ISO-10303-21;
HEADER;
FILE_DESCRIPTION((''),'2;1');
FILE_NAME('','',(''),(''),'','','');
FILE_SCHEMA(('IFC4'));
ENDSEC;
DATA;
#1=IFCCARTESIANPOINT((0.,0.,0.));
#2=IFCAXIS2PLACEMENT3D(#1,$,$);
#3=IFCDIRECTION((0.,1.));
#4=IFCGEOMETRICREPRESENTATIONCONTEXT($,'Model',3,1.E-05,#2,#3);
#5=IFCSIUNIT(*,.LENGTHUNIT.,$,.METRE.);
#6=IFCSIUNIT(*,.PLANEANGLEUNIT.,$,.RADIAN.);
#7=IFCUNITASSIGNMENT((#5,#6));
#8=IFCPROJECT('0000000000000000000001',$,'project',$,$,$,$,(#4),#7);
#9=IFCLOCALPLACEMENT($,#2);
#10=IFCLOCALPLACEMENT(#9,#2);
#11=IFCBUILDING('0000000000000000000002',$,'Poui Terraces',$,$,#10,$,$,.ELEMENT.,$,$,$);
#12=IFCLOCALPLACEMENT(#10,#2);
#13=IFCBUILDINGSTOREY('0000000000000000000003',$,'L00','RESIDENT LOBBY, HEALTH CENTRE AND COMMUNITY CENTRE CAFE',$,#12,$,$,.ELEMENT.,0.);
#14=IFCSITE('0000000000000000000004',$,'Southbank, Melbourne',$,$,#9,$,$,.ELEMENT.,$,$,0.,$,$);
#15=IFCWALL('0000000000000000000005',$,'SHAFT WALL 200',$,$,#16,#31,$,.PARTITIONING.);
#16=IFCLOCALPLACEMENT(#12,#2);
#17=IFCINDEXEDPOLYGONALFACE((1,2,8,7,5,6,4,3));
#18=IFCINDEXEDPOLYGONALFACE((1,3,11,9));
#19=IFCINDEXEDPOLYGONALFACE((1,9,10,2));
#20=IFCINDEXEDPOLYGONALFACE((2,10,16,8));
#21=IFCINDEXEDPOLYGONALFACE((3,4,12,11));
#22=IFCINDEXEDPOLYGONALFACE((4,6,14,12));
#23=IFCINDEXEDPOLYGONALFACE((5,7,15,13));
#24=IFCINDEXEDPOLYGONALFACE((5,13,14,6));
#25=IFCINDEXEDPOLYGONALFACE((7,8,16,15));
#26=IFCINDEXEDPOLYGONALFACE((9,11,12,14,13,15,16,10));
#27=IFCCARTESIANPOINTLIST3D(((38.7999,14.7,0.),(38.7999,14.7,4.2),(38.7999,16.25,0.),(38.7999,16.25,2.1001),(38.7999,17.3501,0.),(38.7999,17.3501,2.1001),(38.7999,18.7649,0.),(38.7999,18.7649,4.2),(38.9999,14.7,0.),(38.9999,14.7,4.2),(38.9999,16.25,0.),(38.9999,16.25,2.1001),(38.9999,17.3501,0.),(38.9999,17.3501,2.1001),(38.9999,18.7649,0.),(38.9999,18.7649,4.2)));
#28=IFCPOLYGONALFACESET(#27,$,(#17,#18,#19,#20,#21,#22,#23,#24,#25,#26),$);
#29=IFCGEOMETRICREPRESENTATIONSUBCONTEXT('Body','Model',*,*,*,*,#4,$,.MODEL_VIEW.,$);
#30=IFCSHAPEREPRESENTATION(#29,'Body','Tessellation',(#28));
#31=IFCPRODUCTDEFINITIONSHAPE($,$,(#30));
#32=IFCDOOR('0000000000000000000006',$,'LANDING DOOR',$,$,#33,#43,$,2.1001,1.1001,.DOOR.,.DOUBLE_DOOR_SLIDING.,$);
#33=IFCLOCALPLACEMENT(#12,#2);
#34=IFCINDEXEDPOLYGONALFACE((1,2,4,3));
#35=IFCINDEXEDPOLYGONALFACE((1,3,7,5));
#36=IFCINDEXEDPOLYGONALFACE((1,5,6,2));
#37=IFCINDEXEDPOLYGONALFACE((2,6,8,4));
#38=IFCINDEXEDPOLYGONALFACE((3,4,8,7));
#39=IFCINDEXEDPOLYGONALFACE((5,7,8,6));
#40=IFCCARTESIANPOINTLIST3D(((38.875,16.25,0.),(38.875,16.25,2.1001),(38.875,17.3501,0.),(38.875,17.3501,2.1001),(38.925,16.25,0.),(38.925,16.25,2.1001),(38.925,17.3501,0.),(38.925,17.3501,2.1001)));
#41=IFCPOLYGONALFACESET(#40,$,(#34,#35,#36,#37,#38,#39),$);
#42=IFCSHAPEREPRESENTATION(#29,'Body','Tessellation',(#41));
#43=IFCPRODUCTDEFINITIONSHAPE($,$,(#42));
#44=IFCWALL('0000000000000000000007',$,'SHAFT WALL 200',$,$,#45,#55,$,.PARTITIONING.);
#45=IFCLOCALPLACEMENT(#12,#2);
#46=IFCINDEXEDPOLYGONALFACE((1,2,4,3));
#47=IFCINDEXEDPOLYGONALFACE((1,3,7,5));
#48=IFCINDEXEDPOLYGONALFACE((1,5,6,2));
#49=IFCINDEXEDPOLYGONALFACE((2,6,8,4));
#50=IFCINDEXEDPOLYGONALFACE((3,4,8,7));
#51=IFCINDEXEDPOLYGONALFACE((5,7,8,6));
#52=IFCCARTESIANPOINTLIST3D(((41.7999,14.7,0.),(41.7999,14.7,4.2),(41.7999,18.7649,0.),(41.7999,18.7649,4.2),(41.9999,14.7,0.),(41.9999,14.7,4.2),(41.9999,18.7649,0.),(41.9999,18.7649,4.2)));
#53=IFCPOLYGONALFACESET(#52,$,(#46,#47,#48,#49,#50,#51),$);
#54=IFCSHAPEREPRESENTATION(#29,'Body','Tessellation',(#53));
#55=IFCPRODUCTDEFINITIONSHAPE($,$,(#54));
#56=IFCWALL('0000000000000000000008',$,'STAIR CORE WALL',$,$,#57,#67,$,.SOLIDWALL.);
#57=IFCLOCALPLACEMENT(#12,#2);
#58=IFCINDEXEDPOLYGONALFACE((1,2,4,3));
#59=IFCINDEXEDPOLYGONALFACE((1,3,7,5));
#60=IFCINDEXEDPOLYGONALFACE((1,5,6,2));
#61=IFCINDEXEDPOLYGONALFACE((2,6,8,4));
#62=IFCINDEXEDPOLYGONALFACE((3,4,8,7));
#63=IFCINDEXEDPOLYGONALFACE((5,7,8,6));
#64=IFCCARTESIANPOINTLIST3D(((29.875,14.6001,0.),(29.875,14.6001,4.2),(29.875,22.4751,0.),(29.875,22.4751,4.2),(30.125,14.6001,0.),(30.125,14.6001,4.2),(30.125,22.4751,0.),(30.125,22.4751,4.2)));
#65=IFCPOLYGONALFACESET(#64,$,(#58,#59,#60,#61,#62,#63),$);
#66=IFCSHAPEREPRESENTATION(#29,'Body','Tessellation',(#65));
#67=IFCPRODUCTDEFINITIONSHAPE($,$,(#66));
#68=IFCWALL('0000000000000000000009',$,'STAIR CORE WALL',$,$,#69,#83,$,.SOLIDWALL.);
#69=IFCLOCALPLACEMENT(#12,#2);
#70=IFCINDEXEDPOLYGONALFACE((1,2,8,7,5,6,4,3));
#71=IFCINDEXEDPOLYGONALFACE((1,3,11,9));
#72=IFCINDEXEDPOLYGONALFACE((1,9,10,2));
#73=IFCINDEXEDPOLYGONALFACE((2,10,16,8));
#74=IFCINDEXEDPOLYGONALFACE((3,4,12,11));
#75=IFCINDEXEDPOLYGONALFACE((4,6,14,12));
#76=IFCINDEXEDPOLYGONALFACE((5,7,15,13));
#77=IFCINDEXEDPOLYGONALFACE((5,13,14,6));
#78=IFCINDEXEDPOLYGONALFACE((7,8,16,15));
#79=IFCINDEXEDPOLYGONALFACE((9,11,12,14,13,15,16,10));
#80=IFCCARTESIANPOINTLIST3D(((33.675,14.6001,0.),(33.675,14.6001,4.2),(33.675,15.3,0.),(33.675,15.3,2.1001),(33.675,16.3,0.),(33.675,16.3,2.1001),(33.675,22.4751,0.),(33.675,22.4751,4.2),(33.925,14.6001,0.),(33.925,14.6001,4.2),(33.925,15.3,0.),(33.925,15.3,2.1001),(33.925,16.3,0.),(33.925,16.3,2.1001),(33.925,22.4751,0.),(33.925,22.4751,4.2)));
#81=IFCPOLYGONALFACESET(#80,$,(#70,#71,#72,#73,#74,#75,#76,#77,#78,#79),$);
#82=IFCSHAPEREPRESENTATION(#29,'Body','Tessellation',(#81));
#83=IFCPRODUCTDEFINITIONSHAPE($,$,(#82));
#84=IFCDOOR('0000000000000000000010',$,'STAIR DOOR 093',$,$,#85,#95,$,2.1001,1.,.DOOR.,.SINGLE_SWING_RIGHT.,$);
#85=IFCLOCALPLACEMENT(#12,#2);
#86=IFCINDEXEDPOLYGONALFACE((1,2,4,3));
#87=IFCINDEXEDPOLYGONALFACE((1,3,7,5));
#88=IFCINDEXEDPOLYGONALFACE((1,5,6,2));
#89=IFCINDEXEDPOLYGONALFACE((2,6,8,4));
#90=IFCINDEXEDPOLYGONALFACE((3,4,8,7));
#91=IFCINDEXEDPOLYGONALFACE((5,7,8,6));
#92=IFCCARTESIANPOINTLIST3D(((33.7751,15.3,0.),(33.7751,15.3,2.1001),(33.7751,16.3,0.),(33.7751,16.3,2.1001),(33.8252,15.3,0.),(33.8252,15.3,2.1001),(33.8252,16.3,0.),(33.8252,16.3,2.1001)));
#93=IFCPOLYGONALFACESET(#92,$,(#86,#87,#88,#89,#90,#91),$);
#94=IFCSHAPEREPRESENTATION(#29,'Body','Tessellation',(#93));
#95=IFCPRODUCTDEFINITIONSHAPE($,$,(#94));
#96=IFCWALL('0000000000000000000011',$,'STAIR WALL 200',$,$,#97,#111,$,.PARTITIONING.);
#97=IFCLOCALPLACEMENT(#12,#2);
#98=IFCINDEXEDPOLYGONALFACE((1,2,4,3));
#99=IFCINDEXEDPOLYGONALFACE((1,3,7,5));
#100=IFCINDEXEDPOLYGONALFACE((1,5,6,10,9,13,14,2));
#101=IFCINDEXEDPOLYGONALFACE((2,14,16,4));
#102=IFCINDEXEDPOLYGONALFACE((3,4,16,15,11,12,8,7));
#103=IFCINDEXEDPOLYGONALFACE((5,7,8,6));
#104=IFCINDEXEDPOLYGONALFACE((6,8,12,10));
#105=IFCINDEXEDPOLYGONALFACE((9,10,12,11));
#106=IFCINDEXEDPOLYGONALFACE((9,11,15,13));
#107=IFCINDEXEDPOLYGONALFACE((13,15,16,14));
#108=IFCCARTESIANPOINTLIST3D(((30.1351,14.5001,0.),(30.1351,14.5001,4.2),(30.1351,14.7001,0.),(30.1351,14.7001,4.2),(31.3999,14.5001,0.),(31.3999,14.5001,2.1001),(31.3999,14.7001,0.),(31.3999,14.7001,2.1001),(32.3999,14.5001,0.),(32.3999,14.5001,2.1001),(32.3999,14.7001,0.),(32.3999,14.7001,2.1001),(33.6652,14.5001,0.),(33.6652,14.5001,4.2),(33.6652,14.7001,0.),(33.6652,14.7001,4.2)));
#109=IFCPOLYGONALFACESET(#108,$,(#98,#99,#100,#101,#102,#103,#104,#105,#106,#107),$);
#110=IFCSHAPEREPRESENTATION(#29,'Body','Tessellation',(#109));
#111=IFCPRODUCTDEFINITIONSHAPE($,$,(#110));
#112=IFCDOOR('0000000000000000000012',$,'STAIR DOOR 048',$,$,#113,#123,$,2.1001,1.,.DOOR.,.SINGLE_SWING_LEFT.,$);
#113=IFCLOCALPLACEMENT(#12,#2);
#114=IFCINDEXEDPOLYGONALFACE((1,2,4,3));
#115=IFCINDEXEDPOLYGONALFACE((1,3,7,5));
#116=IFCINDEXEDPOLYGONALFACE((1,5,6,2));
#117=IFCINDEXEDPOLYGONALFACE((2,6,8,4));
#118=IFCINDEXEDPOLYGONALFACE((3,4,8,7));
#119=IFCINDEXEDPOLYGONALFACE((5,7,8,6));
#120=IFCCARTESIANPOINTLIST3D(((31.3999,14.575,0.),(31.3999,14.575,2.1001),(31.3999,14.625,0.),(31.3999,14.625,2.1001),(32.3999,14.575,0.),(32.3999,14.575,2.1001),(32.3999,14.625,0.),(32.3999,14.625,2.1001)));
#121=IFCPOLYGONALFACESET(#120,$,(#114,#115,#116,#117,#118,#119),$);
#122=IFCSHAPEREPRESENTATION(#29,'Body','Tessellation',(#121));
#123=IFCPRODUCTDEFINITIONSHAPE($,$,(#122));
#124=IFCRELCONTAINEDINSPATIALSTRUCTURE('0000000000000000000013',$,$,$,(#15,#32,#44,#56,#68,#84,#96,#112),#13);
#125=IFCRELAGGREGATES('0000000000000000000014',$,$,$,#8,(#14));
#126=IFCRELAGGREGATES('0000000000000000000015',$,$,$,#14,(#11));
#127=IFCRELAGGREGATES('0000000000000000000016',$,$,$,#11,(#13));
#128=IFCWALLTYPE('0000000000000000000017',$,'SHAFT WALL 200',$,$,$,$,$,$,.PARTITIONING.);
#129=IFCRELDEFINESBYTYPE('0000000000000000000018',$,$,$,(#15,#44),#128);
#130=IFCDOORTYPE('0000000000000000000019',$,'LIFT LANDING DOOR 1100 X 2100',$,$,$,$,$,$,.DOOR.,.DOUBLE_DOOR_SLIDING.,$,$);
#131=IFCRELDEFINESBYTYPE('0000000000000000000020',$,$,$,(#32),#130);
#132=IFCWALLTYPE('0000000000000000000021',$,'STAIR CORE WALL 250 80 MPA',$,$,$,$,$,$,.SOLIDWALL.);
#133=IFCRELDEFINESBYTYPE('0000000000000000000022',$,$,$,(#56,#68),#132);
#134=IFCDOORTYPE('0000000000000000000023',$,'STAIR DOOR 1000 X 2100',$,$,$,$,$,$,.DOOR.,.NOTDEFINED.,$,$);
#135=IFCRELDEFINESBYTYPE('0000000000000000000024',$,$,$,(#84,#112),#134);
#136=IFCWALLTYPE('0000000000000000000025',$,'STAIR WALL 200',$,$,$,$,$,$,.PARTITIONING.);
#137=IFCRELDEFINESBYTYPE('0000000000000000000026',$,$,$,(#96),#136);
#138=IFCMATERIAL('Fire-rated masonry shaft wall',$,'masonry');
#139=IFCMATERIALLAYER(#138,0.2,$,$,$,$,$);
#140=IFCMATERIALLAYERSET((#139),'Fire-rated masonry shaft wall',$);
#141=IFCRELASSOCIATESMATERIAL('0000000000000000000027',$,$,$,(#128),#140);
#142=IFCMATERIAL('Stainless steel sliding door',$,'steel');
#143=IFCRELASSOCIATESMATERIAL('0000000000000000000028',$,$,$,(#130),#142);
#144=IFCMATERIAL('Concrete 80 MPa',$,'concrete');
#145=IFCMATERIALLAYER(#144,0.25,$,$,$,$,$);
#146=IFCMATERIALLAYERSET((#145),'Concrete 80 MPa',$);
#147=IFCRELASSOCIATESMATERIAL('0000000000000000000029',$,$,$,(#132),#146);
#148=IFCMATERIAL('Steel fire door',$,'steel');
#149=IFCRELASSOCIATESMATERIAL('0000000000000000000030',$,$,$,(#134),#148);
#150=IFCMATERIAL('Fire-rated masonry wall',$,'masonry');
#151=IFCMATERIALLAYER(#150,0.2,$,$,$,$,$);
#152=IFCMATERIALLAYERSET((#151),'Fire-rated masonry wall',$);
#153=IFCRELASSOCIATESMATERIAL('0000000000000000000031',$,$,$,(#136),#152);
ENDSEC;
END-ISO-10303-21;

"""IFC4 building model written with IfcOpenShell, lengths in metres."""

from ifc_helpers import new_model, si_unit, direction, frame, frame_2d, origin, place, context, subcontext, project, spatial, rectangle, extrude, material, layer, layer_set, type_object, element, fill, save


model = new_model("IFC4")

# Units and contexts
model_context = context("Model", 3, precision=1e-05, world=origin(), true_north=direction((0.0, 1.0)))
body_context = subcontext(model_context, "Body", "Model", "MODEL_VIEW")
ifc_project = project(units=[si_unit("LENGTHUNIT", "METRE"), si_unit("PLANEANGLEUNIT", "RADIAN")], contexts=[model_context])

# Site, building, storey
site_placement = place(None, origin())
site = spatial("IfcSite", under=ifc_project, at=site_placement, Name="Southbank, Melbourne", CompositionType="ELEMENT", RefElevation=0.0)
building_placement = place(site_placement, origin())
building = spatial("IfcBuilding", under=site, at=building_placement, Name="Poui Terraces", CompositionType="ELEMENT")
storey_placement = place(building_placement, origin())
storey = spatial("IfcBuildingStorey", under=building, at=storey_placement, Name="L00", Description="RESIDENT LOBBY, HEALTH CENTRE AND COMMUNITY CENTRE CAFE", CompositionType="ELEMENT", Elevation=0.0)

# Shared definitions
ifc_material_1 = material(Name="Concrete 80 MPa", Category="concrete")

# Shared definitions
ifc_material_2 = material(Name="Steel fire door", Category="steel")

# Shared definitions
ifc_material_3 = material(Name="Fire-rated masonry wall", Category="masonry")

# Shared definitions
ifc_material_4 = material(Name="Fire-rated masonry shaft wall", Category="masonry")
ifc_layer_1 = layer(ifc_material_4, 0.2)
ifc_layer_set_1 = layer_set([ifc_layer_1], Name="Fire-rated masonry shaft wall")
wall_type_1 = type_object("IfcWallType", Name="SHAFT WALL 200", PredefinedType="PARTITIONING", material=ifc_layer_set_1)

# Wall, opening, door
wall_1_placement = place(storey_placement, frame((38.8999, 14.7, 0.0), z_axis=(0.0, 0.0, 1.0), x_axis=(0.0, 1.0, 0.0)))
wall_1 = element("IfcWall", 1, at=wall_1_placement, inside=storey, type_object=wall_type_1, Name="SHAFT WALL 200", PredefinedType="PARTITIONING", context=body_context, shape_type="SweptSolid", body=[
    extrude(rectangle(XDim=4.0649, YDim=0.2, at=frame_2d((2.0325, 0.0))), origin(), (0.0, 0.0, 1.0), 4.2),
])
opening_1_placement = place(wall_1_placement, frame((1.55, 0.0, 0.0)))
opening_1 = element("IfcOpeningElement", 2, at=opening_1_placement, cuts=wall_1, PredefinedType="OPENING", context=body_context, shape_type="SweptSolid", body=[
    extrude(rectangle(XDim=1.1001, YDim=2.1001, at=frame_2d((0.55, 1.05))), frame((0.0, 0.1099, 0.0), z_axis=(0.0, -1.0, 0.0), x_axis=(1.0, 0.0, 0.0)), (0.0, 0.0, 1.0), 0.22),
])
ifc_material_5 = material(Name="Stainless steel sliding door", Category="steel")
door_type_1 = type_object("IfcDoorType", Name="LIFT LANDING DOOR 1100 X 2100", OperationType="DOUBLE_DOOR_SLIDING", PredefinedType="DOOR", material=ifc_material_5)
door_1_placement = place(opening_1_placement, origin())
door_1 = element("IfcDoor", 3, at=door_1_placement, inside=storey, type_object=door_type_1, Name="LANDING DOOR", OperationType="DOUBLE_DOOR_SLIDING", OverallHeight=2.1001, OverallWidth=1.1001, PredefinedType="DOOR", context=body_context, shape_type="SweptSolid", body=[
    extrude(rectangle(XDim=1.1001, YDim=2.1001, at=frame_2d((0.55, 1.05))), frame((0.0, 0.0249, 0.0), z_axis=(0.0, -1.0, 0.0), x_axis=(1.0, 0.0, 0.0)), (0.0, 0.0, 1.0), 0.05),
])
fill(opening_1, door_1)

# Walls
wall_2_placement = place(storey_placement, frame((41.8999, 14.7, 0.0), z_axis=(0.0, 0.0, 1.0), x_axis=(0.0, 1.0, 0.0)))
element("IfcWall", 4, at=wall_2_placement, inside=storey, type_object=wall_type_1, Name="SHAFT WALL 200", PredefinedType="PARTITIONING", context=body_context, shape_type="SweptSolid", body=[
    extrude(rectangle(XDim=4.0649, YDim=0.2, at=frame_2d((2.0325, 0.0))), origin(), (0.0, 0.0, 1.0), 4.2),
])
ifc_layer_2 = layer(ifc_material_1, 0.25)
ifc_layer_set_2 = layer_set([ifc_layer_2], Name="Concrete 80 MPa")
wall_type_2 = type_object("IfcWallType", Name="STAIR CORE WALL 250 80 MPA", PredefinedType="SOLIDWALL", material=ifc_layer_set_2)
wall_3_placement = place(storey_placement, frame((30.0, 14.6001, 0.0), z_axis=(0.0, 0.0, 1.0), x_axis=(0.0, 1.0, 0.0)))
element("IfcWall", 5, at=wall_3_placement, inside=storey, type_object=wall_type_2, Name="STAIR CORE WALL", PredefinedType="SOLIDWALL", context=body_context, shape_type="SweptSolid", body=[
    extrude(rectangle(XDim=7.875, YDim=0.25, at=frame_2d((3.9375, 0.0))), origin(), (0.0, 0.0, 1.0), 4.2),
])

# Walls, openings, doors
wall_4_placement = place(storey_placement, frame((33.8, 14.6001, 0.0), z_axis=(0.0, 0.0, 1.0), x_axis=(0.0, 1.0, 0.0)))
wall_4 = element("IfcWall", 6, at=wall_4_placement, inside=storey, type_object=wall_type_2, Name="STAIR CORE WALL", PredefinedType="SOLIDWALL", context=body_context, shape_type="SweptSolid", body=[
    extrude(rectangle(XDim=7.875, YDim=0.25, at=frame_2d((3.9375, 0.0))), origin(), (0.0, 0.0, 1.0), 4.2),
])
opening_2_placement = place(wall_4_placement, frame((0.7, 0.0, 0.0)))
opening_2 = element("IfcOpeningElement", 7, at=opening_2_placement, cuts=wall_4, PredefinedType="OPENING", context=body_context, shape_type="SweptSolid", body=[
    extrude(rectangle(XDim=1.0, YDim=2.1001, at=frame_2d((0.5, 1.05))), frame((0.0, 0.135, 0.0), z_axis=(0.0, -1.0, 0.0), x_axis=(1.0, 0.0, 0.0)), (0.0, 0.0, 1.0), 0.27),
])
door_type_2 = type_object("IfcDoorType", Name="STAIR DOOR 1000 X 2100", OperationType="NOTDEFINED", PredefinedType="DOOR", material=ifc_material_2)
door_2_placement = place(opening_2_placement, origin())
door_2 = element("IfcDoor", 8, at=door_2_placement, inside=storey, type_object=door_type_2, Name="STAIR DOOR 093", OperationType="SINGLE_SWING_RIGHT", OverallHeight=2.1001, OverallWidth=1.0, PredefinedType="DOOR", context=body_context, shape_type="SweptSolid", body=[
    extrude(rectangle(XDim=1.0, YDim=2.1001, at=frame_2d((0.5, 1.05))), frame((0.0, 0.0249, 0.0), z_axis=(0.0, -1.0, 0.0), x_axis=(1.0, 0.0, 0.0)), (0.0, 0.0, 1.0), 0.05),
])
fill(opening_2, door_2)
ifc_layer_3 = layer(ifc_material_3, 0.2)
ifc_layer_set_3 = layer_set([ifc_layer_3], Name="Fire-rated masonry wall")
wall_type_3 = type_object("IfcWallType", Name="STAIR WALL 200", PredefinedType="PARTITIONING", material=ifc_layer_set_3)
wall_5_placement = place(storey_placement, frame((30.135, 14.6001, 0.0), z_axis=(0.0, 0.0, 1.0), x_axis=(1.0, 0.0, 0.0)))
wall_5 = element("IfcWall", 9, at=wall_5_placement, inside=storey, type_object=wall_type_3, Name="STAIR WALL 200", PredefinedType="PARTITIONING", context=body_context, shape_type="SweptSolid", body=[
    extrude(rectangle(XDim=3.53, YDim=0.2, at=frame_2d((1.7651, 0.0))), origin(), (0.0, 0.0, 1.0), 4.2),
])
opening_3_placement = place(wall_5_placement, frame((1.2649, 0.0, 0.0)))
opening_3 = element("IfcOpeningElement", 10, at=opening_3_placement, cuts=wall_5, PredefinedType="OPENING", context=body_context, shape_type="SweptSolid", body=[
    extrude(rectangle(XDim=1.0, YDim=2.1001, at=frame_2d((0.5, 1.05))), frame((0.0, 0.1099, 0.0), z_axis=(0.0, -1.0, 0.0), x_axis=(1.0, 0.0, 0.0)), (0.0, 0.0, 1.0), 0.22),
])
door_3_placement = place(opening_3_placement, origin())
door_3 = element("IfcDoor", 11, at=door_3_placement, inside=storey, type_object=door_type_2, Name="STAIR DOOR 048", OperationType="SINGLE_SWING_LEFT", OverallHeight=2.1001, OverallWidth=1.0, PredefinedType="DOOR", context=body_context, shape_type="SweptSolid", body=[
    extrude(rectangle(XDim=1.0, YDim=2.1001, at=frame_2d((0.5, 1.05))), frame((0.0, 0.0249, 0.0), z_axis=(0.0, -1.0, 0.0), x_axis=(1.0, 0.0, 0.0)), (0.0, 0.0, 1.0), 0.05),
])
fill(opening_3, door_3)

save(model, "model.ifc")
